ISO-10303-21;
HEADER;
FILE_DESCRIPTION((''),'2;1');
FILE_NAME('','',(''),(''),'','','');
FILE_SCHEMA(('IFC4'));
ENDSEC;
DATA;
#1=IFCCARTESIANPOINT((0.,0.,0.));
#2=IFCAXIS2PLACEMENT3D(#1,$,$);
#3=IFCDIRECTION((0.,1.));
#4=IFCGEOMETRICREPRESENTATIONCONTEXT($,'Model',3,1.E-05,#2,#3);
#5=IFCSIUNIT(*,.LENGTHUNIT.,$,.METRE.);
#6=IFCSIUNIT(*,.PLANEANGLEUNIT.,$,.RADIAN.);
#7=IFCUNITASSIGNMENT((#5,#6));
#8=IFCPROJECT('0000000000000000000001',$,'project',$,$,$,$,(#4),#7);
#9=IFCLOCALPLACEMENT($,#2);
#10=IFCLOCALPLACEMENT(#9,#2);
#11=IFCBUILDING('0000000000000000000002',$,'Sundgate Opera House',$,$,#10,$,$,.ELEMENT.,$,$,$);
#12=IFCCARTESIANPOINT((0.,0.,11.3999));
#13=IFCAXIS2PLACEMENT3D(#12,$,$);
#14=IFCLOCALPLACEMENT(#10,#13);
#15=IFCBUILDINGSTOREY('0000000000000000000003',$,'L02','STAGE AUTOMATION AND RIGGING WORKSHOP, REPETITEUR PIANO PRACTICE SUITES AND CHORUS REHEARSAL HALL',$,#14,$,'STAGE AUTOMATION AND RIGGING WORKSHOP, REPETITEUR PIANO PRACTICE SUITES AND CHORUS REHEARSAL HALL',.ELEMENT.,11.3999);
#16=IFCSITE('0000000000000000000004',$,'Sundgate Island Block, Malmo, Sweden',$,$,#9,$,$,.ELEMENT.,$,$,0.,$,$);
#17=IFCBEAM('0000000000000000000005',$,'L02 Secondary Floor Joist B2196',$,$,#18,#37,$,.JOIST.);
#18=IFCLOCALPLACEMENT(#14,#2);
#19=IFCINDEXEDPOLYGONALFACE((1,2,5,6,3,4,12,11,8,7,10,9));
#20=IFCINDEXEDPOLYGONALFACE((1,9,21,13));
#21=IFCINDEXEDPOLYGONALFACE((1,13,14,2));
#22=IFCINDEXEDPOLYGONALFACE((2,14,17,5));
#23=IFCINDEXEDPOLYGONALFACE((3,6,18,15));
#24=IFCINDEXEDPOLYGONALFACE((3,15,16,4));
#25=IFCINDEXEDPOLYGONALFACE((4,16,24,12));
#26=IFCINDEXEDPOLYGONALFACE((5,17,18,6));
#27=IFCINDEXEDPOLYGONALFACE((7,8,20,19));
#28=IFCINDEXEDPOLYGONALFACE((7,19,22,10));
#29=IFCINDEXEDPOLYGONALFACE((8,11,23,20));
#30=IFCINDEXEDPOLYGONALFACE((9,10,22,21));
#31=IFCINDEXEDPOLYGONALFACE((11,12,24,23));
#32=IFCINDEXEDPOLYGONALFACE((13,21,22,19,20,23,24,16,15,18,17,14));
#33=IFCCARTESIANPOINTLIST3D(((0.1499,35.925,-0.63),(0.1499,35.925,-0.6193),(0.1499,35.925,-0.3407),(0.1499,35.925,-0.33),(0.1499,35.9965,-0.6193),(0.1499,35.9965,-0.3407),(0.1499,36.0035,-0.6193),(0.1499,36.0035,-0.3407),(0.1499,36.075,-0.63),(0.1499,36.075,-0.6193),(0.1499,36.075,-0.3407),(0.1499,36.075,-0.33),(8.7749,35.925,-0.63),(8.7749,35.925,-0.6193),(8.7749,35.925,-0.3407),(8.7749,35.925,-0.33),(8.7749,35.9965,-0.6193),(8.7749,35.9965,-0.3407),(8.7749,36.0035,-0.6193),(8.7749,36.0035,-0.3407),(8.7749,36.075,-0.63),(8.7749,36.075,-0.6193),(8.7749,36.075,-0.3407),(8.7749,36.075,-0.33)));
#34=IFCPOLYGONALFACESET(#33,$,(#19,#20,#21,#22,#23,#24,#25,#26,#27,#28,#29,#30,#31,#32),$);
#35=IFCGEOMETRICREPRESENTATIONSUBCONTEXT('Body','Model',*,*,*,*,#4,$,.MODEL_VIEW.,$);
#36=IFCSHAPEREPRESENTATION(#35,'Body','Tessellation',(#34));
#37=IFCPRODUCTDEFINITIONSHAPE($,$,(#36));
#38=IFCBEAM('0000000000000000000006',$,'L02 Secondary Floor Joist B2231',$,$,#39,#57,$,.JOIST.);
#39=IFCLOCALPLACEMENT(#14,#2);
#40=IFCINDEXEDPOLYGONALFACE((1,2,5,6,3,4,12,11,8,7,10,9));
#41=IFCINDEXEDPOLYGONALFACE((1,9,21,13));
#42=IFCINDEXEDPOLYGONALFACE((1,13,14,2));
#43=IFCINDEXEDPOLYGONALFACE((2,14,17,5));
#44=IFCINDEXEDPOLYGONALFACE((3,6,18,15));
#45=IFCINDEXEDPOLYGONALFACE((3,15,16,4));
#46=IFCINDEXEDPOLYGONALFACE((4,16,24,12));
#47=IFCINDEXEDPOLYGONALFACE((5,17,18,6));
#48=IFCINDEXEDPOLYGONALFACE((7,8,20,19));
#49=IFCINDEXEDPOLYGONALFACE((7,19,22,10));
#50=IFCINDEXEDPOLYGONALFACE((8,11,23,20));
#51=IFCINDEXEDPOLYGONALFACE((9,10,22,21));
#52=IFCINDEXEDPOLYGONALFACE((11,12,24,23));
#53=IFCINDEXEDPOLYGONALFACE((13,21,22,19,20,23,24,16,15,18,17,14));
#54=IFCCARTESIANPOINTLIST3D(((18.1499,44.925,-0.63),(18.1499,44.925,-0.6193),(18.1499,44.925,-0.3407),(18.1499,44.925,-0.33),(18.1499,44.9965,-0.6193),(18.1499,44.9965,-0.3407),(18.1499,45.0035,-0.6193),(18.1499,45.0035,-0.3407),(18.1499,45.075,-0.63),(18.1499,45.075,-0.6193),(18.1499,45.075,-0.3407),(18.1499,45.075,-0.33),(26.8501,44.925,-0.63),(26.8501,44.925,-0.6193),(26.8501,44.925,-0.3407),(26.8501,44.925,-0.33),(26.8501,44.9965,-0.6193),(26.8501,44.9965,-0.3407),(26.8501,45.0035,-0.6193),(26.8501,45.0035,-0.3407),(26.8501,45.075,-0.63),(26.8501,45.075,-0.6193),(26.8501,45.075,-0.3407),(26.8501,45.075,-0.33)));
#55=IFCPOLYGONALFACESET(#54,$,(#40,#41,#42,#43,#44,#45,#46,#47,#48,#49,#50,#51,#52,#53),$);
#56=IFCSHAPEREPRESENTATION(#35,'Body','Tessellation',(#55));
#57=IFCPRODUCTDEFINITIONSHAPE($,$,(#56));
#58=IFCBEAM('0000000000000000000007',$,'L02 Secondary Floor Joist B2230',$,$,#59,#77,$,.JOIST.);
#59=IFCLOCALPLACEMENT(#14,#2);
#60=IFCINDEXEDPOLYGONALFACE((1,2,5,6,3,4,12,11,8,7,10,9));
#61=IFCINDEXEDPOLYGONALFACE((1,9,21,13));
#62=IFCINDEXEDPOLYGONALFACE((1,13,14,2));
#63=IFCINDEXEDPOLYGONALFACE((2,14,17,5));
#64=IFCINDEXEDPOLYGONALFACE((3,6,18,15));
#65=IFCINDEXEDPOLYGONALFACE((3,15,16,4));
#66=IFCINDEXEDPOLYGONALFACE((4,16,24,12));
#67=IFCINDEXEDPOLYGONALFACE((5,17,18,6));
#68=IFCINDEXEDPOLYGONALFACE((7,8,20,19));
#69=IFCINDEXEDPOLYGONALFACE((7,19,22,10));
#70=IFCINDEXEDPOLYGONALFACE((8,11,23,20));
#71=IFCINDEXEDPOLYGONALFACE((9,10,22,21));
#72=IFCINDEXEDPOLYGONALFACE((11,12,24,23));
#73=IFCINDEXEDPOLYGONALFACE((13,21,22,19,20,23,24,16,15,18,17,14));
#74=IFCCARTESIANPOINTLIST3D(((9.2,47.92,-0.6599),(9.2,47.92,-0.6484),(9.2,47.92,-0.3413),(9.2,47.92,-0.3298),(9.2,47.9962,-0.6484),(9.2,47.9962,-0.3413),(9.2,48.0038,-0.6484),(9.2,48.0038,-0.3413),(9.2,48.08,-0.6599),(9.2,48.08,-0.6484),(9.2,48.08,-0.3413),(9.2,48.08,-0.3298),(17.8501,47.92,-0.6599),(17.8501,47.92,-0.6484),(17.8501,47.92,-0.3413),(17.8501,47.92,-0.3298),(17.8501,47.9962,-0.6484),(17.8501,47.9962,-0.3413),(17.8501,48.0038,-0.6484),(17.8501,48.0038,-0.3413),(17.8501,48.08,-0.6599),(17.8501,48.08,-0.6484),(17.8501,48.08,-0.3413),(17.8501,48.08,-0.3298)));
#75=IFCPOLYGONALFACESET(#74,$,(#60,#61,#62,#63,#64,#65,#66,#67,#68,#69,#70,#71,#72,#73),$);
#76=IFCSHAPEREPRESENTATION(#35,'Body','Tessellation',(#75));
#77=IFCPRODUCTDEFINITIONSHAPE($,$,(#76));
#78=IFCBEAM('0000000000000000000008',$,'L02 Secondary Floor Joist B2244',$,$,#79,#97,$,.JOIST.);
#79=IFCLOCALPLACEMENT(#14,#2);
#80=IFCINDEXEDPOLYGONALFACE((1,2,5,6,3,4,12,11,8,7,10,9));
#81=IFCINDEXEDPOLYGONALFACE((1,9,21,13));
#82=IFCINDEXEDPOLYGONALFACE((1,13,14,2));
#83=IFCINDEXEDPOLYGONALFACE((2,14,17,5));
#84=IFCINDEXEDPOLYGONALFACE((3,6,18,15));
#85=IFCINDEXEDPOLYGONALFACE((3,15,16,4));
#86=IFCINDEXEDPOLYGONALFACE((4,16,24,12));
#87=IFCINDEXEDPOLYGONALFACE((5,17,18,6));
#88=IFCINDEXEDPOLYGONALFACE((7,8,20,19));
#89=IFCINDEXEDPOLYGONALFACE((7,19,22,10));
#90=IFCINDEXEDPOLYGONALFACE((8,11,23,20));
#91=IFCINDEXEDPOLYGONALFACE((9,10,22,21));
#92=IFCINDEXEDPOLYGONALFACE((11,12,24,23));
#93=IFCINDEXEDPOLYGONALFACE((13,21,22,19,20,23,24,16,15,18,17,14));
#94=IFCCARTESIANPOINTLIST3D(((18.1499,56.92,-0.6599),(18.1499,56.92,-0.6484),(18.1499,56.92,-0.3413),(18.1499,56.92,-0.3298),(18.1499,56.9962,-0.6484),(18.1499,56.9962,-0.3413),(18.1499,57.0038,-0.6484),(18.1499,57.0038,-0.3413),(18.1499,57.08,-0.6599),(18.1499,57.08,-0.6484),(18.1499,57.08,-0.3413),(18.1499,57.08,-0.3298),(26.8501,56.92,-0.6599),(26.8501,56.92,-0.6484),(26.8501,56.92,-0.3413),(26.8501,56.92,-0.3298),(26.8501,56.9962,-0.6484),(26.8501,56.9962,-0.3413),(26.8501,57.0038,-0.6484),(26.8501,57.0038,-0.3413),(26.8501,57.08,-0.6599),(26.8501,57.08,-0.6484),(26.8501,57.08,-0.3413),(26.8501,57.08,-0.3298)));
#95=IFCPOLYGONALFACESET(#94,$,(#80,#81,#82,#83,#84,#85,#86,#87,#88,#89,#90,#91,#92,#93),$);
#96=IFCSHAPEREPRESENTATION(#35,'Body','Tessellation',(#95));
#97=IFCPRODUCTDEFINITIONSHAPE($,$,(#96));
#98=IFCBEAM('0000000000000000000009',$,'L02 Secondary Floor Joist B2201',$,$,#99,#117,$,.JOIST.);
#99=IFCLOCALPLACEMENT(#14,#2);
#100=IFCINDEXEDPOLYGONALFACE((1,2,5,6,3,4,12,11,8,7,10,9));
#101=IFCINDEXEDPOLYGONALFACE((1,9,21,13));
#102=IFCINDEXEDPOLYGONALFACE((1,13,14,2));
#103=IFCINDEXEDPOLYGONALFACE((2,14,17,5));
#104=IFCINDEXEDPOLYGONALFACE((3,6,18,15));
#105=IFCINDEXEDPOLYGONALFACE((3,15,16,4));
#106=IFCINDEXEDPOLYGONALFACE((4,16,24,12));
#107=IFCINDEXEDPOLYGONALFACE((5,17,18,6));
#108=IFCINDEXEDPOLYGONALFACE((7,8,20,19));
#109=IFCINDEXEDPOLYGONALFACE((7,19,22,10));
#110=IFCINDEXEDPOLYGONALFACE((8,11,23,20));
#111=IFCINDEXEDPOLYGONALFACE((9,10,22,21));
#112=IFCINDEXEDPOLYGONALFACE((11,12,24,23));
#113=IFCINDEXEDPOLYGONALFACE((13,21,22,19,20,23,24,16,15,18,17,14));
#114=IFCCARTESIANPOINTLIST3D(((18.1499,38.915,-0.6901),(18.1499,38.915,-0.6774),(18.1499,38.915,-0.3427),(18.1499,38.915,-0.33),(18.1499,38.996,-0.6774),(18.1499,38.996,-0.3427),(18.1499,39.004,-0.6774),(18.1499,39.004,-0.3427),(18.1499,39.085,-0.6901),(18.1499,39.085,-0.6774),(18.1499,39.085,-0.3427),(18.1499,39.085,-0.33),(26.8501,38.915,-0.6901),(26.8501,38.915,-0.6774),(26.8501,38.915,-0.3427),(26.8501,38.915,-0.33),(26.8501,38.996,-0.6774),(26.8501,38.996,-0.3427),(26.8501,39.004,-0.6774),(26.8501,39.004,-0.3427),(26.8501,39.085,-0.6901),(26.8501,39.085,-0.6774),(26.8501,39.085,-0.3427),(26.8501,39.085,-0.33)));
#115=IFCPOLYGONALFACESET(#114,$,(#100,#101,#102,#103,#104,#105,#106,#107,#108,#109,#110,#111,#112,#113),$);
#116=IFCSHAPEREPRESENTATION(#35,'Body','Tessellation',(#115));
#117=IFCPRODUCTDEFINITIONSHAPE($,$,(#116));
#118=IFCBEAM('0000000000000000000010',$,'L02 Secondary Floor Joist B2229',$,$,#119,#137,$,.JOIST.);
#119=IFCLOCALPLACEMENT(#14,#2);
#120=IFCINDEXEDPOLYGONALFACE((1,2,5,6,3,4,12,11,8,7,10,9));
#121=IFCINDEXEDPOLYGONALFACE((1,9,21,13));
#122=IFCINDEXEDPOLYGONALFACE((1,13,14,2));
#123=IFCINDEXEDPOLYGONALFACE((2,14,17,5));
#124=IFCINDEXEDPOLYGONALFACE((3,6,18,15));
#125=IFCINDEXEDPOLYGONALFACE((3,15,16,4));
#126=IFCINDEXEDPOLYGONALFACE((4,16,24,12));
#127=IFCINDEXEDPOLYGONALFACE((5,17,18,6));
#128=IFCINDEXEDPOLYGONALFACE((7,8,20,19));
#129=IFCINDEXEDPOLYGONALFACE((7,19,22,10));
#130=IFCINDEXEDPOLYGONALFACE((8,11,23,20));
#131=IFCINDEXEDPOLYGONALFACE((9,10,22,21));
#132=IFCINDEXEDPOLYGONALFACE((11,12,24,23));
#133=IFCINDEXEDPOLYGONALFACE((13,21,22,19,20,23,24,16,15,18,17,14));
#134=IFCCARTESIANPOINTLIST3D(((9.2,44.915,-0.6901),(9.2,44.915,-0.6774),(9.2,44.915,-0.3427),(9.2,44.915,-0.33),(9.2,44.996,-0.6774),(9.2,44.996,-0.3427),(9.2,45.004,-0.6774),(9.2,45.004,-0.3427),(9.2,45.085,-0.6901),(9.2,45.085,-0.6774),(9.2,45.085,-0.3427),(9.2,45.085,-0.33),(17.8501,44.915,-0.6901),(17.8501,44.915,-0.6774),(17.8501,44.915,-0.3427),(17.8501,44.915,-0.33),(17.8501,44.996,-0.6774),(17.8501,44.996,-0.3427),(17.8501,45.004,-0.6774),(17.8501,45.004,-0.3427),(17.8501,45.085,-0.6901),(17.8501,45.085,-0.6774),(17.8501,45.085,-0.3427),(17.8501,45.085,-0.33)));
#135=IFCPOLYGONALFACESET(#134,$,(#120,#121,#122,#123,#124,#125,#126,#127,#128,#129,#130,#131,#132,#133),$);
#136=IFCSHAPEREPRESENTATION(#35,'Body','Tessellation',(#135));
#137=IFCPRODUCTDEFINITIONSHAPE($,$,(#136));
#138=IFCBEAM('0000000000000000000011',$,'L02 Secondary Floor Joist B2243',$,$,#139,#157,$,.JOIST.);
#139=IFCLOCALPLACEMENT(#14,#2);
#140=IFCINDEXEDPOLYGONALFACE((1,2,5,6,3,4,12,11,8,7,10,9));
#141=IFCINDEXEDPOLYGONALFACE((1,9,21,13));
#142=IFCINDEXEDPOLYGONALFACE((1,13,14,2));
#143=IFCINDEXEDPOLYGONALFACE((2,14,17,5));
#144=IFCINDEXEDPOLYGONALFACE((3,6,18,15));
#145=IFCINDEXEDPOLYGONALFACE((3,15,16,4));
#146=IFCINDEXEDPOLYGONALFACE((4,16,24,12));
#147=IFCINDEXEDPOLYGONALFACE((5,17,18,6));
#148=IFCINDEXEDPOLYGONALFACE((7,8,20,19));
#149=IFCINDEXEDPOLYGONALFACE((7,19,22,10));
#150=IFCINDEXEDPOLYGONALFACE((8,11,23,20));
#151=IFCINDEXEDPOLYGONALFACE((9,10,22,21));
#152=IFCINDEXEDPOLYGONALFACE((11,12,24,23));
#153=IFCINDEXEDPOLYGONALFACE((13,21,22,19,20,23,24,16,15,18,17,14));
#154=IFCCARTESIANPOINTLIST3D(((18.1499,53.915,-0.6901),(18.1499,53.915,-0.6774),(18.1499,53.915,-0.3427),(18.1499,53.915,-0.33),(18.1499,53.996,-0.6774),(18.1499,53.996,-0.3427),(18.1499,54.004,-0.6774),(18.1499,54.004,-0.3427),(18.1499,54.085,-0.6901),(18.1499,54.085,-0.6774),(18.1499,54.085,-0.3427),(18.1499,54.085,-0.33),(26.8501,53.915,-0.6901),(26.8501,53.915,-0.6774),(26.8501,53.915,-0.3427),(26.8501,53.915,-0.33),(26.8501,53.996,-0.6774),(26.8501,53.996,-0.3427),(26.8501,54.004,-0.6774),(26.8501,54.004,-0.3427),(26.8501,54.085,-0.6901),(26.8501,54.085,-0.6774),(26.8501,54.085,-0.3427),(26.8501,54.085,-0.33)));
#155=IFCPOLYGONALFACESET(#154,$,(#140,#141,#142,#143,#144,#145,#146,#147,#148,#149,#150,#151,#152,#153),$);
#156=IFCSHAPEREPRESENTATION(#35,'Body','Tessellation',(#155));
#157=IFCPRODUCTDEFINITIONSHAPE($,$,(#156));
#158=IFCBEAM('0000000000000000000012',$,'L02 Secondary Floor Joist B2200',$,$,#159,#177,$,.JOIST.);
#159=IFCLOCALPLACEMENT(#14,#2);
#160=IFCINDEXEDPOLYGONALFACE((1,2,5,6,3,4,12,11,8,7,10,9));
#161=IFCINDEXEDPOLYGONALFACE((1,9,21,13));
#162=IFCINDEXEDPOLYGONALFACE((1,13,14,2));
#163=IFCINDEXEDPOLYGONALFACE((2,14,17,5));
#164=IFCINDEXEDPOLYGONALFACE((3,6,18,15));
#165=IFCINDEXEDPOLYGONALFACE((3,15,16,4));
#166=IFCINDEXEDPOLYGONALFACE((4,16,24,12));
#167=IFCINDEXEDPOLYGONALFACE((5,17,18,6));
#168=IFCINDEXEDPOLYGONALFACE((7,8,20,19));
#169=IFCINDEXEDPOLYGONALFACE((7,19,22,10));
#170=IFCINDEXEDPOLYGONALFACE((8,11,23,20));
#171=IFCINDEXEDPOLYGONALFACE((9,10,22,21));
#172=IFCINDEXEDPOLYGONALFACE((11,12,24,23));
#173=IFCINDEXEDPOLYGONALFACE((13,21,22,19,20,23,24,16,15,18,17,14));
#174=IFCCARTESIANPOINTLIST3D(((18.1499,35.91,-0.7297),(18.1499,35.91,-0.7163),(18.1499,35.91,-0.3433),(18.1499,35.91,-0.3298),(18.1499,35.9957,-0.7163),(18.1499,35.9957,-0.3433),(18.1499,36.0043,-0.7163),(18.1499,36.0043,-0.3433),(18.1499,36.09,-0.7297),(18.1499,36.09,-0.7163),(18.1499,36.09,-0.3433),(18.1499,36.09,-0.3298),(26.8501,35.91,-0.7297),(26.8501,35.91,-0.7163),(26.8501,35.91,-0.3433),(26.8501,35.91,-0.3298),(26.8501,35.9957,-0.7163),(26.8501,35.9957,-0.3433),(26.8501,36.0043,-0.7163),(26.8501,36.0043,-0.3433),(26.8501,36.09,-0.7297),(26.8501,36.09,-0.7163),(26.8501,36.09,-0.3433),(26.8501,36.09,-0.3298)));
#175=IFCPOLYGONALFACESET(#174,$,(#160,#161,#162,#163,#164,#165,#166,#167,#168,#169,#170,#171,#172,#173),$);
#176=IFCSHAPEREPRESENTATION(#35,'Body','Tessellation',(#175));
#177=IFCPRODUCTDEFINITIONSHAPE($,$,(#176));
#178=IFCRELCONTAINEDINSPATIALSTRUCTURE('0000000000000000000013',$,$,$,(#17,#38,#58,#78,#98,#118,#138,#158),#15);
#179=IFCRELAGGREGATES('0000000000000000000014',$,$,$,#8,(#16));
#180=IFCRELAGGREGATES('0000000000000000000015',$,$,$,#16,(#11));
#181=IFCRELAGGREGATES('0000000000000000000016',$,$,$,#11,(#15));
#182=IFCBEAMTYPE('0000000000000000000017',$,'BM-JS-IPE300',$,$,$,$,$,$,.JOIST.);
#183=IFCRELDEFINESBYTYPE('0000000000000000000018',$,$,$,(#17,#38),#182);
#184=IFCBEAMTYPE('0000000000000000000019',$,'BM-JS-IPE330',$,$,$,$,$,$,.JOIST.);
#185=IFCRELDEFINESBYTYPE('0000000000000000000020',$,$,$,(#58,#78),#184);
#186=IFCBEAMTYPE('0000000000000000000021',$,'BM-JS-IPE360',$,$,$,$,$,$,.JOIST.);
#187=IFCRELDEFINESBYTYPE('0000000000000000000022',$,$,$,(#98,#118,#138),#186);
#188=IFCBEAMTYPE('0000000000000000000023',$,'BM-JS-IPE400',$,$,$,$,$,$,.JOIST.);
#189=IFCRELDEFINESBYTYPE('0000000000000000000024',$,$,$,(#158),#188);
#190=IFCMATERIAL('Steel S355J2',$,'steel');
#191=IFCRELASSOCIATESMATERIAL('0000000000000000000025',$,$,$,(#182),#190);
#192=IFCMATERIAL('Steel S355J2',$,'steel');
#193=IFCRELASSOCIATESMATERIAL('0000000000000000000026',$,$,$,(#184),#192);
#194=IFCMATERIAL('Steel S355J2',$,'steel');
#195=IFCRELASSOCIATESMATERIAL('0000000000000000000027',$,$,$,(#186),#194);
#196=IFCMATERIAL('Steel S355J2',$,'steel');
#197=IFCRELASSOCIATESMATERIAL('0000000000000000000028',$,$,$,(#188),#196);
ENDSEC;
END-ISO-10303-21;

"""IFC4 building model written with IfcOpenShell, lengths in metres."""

from ifc_helpers import new_model, si_unit, direction, frame, origin, origin_2d, place, context, subcontext, project, spatial, i_section, extrude, material, material_profile, profile_set, type_object, element, save


model = new_model("IFC4")

# Units and contexts
model_context = context("Model", 3, precision=1e-05, world=origin(), true_north=direction((0.0, 1.0)))
body_context = subcontext(model_context, "Body", "Model", "MODEL_VIEW")
ifc_project = project(units=[si_unit("LENGTHUNIT", "METRE"), si_unit("PLANEANGLEUNIT", "RADIAN")], contexts=[model_context])

# Site, building, storey
site_placement = place(None, origin())
site = spatial("IfcSite", under=ifc_project, at=site_placement, Name="Sundgate Island Block, Malmo, Sweden", CompositionType="ELEMENT", RefElevation=0.0)
building_placement = place(site_placement, origin())
building = spatial("IfcBuilding", under=site, at=building_placement, Name="Sundgate Opera House", CompositionType="ELEMENT")
storey_placement = place(building_placement, frame((0.0, 0.0, 11.3999)))
storey = spatial("IfcBuildingStorey", under=building, at=storey_placement, Name="L02", Description="STAGE AUTOMATION AND RIGGING WORKSHOP, REPETITEUR PIANO PRACTICE SUITES AND CHORUS REHEARSAL HALL", LongName="STAGE AUTOMATION AND RIGGING WORKSHOP, REPETITEUR PIANO PRACTICE SUITES AND CHORUS REHEARSAL HALL", CompositionType="ELEMENT", Elevation=11.3999)

# Beams
ifc_material_1 = material(Name="Steel S355J2", Category="steel")
ifc_material_profile_1 = material_profile(ifc_material_1, i_section(OverallWidth=0.1499, OverallDepth=0.3, WebThickness=0.0071, FlangeThickness=0.0107, at=origin_2d()), Name="IPE 300")
ifc_profile_set_1 = profile_set([ifc_material_profile_1], Name="Steel S355J2")
beam_type_1 = type_object("IfcBeamType", Name="BM-JS-IPE300", PredefinedType="JOIST", material=ifc_profile_set_1)
beam_1_placement = place(storey_placement, frame((0.1499, 36.0, -0.48), z_axis=(1.0, 0.0, 0.0), x_axis=(0.0, 1.0, 0.0)))
element("IfcBeam", 1, at=beam_1_placement, inside=storey, type_object=beam_type_1, Name="L02 Secondary Floor Joist B2196", PredefinedType="JOIST", context=body_context, shape_type="SweptSolid", body=[
    extrude(i_section(OverallWidth=0.1499, OverallDepth=0.3, WebThickness=0.0071, FlangeThickness=0.0107, at=origin_2d()), origin(), (0.0, 0.0, 1.0), 8.625),
])
beam_2_placement = place(storey_placement, frame((18.1499, 45.0, -0.48), z_axis=(1.0, 0.0, 0.0), x_axis=(0.0, 1.0, 0.0)))
element("IfcBeam", 2, at=beam_2_placement, inside=storey, type_object=beam_type_1, Name="L02 Secondary Floor Joist B2231", PredefinedType="JOIST", context=body_context, shape_type="SweptSolid", body=[
    extrude(i_section(OverallWidth=0.1499, OverallDepth=0.3, WebThickness=0.0071, FlangeThickness=0.0107, at=origin_2d()), origin(), (0.0, 0.0, 1.0), 8.7002),
])
ifc_material_2 = material(Name="Steel S355J2", Category="steel")
ifc_material_profile_2 = material_profile(ifc_material_2, i_section(OverallWidth=0.1599, OverallDepth=0.3301, WebThickness=0.0076, FlangeThickness=0.0115, at=origin_2d()), Name="IPE 330")
ifc_profile_set_2 = profile_set([ifc_material_profile_2], Name="Steel S355J2")
beam_type_2 = type_object("IfcBeamType", Name="BM-JS-IPE330", PredefinedType="JOIST", material=ifc_profile_set_2)
beam_3_placement = place(storey_placement, frame((9.2, 48.0, -0.4949), z_axis=(1.0, 0.0, 0.0), x_axis=(0.0, 1.0, 0.0)))
element("IfcBeam", 3, at=beam_3_placement, inside=storey, type_object=beam_type_2, Name="L02 Secondary Floor Joist B2230", PredefinedType="JOIST", context=body_context, shape_type="SweptSolid", body=[
    extrude(i_section(OverallWidth=0.1599, OverallDepth=0.3301, WebThickness=0.0076, FlangeThickness=0.0115, at=origin_2d()), origin(), (0.0, 0.0, 1.0), 8.6501),
])
beam_4_placement = place(storey_placement, frame((18.1499, 57.0, -0.4949), z_axis=(1.0, 0.0, 0.0), x_axis=(0.0, 1.0, 0.0)))
element("IfcBeam", 4, at=beam_4_placement, inside=storey, type_object=beam_type_2, Name="L02 Secondary Floor Joist B2244", PredefinedType="JOIST", context=body_context, shape_type="SweptSolid", body=[
    extrude(i_section(OverallWidth=0.1599, OverallDepth=0.3301, WebThickness=0.0076, FlangeThickness=0.0115, at=origin_2d()), origin(), (0.0, 0.0, 1.0), 8.7002),
])
ifc_material_3 = material(Name="Steel S355J2", Category="steel")
ifc_material_profile_3 = material_profile(ifc_material_3, i_section(OverallWidth=0.1699, OverallDepth=0.3601, WebThickness=0.0081, FlangeThickness=0.0127, at=origin_2d()), Name="IPE 360")
ifc_profile_set_3 = profile_set([ifc_material_profile_3], Name="Steel S355J2")
beam_type_3 = type_object("IfcBeamType", Name="BM-JS-IPE360", PredefinedType="JOIST", material=ifc_profile_set_3)
beam_5_placement = place(storey_placement, frame((18.1499, 39.0, -0.51), z_axis=(1.0, 0.0, 0.0), x_axis=(0.0, 1.0, 0.0)))
element("IfcBeam", 5, at=beam_5_placement, inside=storey, type_object=beam_type_3, Name="L02 Secondary Floor Joist B2201", PredefinedType="JOIST", context=body_context, shape_type="SweptSolid", body=[
    extrude(i_section(OverallWidth=0.1699, OverallDepth=0.3601, WebThickness=0.0081, FlangeThickness=0.0127, at=origin_2d()), origin(), (0.0, 0.0, 1.0), 8.7002),
])
beam_6_placement = place(storey_placement, frame((9.2, 45.0, -0.51), z_axis=(1.0, 0.0, 0.0), x_axis=(0.0, 1.0, 0.0)))
element("IfcBeam", 6, at=beam_6_placement, inside=storey, type_object=beam_type_3, Name="L02 Secondary Floor Joist B2229", PredefinedType="JOIST", context=body_context, shape_type="SweptSolid", body=[
    extrude(i_section(OverallWidth=0.1699, OverallDepth=0.3601, WebThickness=0.0081, FlangeThickness=0.0127, at=origin_2d()), origin(), (0.0, 0.0, 1.0), 8.6501),
])
beam_7_placement = place(storey_placement, frame((18.1499, 54.0, -0.51), z_axis=(1.0, 0.0, 0.0), x_axis=(0.0, 1.0, 0.0)))
element("IfcBeam", 7, at=beam_7_placement, inside=storey, type_object=beam_type_3, Name="L02 Secondary Floor Joist B2243", PredefinedType="JOIST", context=body_context, shape_type="SweptSolid", body=[
    extrude(i_section(OverallWidth=0.1699, OverallDepth=0.3601, WebThickness=0.0081, FlangeThickness=0.0127, at=origin_2d()), origin(), (0.0, 0.0, 1.0), 8.7002),
])
ifc_material_4 = material(Name="Steel S355J2", Category="steel")
ifc_material_profile_4 = material_profile(ifc_material_4, i_section(OverallWidth=0.1799, OverallDepth=0.3999, WebThickness=0.0085, FlangeThickness=0.0134, at=origin_2d()), Name="IPE 400")
ifc_profile_set_4 = profile_set([ifc_material_profile_4], Name="Steel S355J2")
beam_type_4 = type_object("IfcBeamType", Name="BM-JS-IPE400", PredefinedType="JOIST", material=ifc_profile_set_4)
beam_8_placement = place(storey_placement, frame((18.1499, 36.0, -0.5298), z_axis=(1.0, 0.0, 0.0), x_axis=(0.0, 1.0, 0.0)))
element("IfcBeam", 8, at=beam_8_placement, inside=storey, type_object=beam_type_4, Name="L02 Secondary Floor Joist B2200", PredefinedType="JOIST", context=body_context, shape_type="SweptSolid", body=[
    extrude(i_section(OverallWidth=0.1799, OverallDepth=0.3999, WebThickness=0.0085, FlangeThickness=0.0134, at=origin_2d()), origin(), (0.0, 0.0, 1.0), 8.7002),
])

save(model, "model.ifc")
